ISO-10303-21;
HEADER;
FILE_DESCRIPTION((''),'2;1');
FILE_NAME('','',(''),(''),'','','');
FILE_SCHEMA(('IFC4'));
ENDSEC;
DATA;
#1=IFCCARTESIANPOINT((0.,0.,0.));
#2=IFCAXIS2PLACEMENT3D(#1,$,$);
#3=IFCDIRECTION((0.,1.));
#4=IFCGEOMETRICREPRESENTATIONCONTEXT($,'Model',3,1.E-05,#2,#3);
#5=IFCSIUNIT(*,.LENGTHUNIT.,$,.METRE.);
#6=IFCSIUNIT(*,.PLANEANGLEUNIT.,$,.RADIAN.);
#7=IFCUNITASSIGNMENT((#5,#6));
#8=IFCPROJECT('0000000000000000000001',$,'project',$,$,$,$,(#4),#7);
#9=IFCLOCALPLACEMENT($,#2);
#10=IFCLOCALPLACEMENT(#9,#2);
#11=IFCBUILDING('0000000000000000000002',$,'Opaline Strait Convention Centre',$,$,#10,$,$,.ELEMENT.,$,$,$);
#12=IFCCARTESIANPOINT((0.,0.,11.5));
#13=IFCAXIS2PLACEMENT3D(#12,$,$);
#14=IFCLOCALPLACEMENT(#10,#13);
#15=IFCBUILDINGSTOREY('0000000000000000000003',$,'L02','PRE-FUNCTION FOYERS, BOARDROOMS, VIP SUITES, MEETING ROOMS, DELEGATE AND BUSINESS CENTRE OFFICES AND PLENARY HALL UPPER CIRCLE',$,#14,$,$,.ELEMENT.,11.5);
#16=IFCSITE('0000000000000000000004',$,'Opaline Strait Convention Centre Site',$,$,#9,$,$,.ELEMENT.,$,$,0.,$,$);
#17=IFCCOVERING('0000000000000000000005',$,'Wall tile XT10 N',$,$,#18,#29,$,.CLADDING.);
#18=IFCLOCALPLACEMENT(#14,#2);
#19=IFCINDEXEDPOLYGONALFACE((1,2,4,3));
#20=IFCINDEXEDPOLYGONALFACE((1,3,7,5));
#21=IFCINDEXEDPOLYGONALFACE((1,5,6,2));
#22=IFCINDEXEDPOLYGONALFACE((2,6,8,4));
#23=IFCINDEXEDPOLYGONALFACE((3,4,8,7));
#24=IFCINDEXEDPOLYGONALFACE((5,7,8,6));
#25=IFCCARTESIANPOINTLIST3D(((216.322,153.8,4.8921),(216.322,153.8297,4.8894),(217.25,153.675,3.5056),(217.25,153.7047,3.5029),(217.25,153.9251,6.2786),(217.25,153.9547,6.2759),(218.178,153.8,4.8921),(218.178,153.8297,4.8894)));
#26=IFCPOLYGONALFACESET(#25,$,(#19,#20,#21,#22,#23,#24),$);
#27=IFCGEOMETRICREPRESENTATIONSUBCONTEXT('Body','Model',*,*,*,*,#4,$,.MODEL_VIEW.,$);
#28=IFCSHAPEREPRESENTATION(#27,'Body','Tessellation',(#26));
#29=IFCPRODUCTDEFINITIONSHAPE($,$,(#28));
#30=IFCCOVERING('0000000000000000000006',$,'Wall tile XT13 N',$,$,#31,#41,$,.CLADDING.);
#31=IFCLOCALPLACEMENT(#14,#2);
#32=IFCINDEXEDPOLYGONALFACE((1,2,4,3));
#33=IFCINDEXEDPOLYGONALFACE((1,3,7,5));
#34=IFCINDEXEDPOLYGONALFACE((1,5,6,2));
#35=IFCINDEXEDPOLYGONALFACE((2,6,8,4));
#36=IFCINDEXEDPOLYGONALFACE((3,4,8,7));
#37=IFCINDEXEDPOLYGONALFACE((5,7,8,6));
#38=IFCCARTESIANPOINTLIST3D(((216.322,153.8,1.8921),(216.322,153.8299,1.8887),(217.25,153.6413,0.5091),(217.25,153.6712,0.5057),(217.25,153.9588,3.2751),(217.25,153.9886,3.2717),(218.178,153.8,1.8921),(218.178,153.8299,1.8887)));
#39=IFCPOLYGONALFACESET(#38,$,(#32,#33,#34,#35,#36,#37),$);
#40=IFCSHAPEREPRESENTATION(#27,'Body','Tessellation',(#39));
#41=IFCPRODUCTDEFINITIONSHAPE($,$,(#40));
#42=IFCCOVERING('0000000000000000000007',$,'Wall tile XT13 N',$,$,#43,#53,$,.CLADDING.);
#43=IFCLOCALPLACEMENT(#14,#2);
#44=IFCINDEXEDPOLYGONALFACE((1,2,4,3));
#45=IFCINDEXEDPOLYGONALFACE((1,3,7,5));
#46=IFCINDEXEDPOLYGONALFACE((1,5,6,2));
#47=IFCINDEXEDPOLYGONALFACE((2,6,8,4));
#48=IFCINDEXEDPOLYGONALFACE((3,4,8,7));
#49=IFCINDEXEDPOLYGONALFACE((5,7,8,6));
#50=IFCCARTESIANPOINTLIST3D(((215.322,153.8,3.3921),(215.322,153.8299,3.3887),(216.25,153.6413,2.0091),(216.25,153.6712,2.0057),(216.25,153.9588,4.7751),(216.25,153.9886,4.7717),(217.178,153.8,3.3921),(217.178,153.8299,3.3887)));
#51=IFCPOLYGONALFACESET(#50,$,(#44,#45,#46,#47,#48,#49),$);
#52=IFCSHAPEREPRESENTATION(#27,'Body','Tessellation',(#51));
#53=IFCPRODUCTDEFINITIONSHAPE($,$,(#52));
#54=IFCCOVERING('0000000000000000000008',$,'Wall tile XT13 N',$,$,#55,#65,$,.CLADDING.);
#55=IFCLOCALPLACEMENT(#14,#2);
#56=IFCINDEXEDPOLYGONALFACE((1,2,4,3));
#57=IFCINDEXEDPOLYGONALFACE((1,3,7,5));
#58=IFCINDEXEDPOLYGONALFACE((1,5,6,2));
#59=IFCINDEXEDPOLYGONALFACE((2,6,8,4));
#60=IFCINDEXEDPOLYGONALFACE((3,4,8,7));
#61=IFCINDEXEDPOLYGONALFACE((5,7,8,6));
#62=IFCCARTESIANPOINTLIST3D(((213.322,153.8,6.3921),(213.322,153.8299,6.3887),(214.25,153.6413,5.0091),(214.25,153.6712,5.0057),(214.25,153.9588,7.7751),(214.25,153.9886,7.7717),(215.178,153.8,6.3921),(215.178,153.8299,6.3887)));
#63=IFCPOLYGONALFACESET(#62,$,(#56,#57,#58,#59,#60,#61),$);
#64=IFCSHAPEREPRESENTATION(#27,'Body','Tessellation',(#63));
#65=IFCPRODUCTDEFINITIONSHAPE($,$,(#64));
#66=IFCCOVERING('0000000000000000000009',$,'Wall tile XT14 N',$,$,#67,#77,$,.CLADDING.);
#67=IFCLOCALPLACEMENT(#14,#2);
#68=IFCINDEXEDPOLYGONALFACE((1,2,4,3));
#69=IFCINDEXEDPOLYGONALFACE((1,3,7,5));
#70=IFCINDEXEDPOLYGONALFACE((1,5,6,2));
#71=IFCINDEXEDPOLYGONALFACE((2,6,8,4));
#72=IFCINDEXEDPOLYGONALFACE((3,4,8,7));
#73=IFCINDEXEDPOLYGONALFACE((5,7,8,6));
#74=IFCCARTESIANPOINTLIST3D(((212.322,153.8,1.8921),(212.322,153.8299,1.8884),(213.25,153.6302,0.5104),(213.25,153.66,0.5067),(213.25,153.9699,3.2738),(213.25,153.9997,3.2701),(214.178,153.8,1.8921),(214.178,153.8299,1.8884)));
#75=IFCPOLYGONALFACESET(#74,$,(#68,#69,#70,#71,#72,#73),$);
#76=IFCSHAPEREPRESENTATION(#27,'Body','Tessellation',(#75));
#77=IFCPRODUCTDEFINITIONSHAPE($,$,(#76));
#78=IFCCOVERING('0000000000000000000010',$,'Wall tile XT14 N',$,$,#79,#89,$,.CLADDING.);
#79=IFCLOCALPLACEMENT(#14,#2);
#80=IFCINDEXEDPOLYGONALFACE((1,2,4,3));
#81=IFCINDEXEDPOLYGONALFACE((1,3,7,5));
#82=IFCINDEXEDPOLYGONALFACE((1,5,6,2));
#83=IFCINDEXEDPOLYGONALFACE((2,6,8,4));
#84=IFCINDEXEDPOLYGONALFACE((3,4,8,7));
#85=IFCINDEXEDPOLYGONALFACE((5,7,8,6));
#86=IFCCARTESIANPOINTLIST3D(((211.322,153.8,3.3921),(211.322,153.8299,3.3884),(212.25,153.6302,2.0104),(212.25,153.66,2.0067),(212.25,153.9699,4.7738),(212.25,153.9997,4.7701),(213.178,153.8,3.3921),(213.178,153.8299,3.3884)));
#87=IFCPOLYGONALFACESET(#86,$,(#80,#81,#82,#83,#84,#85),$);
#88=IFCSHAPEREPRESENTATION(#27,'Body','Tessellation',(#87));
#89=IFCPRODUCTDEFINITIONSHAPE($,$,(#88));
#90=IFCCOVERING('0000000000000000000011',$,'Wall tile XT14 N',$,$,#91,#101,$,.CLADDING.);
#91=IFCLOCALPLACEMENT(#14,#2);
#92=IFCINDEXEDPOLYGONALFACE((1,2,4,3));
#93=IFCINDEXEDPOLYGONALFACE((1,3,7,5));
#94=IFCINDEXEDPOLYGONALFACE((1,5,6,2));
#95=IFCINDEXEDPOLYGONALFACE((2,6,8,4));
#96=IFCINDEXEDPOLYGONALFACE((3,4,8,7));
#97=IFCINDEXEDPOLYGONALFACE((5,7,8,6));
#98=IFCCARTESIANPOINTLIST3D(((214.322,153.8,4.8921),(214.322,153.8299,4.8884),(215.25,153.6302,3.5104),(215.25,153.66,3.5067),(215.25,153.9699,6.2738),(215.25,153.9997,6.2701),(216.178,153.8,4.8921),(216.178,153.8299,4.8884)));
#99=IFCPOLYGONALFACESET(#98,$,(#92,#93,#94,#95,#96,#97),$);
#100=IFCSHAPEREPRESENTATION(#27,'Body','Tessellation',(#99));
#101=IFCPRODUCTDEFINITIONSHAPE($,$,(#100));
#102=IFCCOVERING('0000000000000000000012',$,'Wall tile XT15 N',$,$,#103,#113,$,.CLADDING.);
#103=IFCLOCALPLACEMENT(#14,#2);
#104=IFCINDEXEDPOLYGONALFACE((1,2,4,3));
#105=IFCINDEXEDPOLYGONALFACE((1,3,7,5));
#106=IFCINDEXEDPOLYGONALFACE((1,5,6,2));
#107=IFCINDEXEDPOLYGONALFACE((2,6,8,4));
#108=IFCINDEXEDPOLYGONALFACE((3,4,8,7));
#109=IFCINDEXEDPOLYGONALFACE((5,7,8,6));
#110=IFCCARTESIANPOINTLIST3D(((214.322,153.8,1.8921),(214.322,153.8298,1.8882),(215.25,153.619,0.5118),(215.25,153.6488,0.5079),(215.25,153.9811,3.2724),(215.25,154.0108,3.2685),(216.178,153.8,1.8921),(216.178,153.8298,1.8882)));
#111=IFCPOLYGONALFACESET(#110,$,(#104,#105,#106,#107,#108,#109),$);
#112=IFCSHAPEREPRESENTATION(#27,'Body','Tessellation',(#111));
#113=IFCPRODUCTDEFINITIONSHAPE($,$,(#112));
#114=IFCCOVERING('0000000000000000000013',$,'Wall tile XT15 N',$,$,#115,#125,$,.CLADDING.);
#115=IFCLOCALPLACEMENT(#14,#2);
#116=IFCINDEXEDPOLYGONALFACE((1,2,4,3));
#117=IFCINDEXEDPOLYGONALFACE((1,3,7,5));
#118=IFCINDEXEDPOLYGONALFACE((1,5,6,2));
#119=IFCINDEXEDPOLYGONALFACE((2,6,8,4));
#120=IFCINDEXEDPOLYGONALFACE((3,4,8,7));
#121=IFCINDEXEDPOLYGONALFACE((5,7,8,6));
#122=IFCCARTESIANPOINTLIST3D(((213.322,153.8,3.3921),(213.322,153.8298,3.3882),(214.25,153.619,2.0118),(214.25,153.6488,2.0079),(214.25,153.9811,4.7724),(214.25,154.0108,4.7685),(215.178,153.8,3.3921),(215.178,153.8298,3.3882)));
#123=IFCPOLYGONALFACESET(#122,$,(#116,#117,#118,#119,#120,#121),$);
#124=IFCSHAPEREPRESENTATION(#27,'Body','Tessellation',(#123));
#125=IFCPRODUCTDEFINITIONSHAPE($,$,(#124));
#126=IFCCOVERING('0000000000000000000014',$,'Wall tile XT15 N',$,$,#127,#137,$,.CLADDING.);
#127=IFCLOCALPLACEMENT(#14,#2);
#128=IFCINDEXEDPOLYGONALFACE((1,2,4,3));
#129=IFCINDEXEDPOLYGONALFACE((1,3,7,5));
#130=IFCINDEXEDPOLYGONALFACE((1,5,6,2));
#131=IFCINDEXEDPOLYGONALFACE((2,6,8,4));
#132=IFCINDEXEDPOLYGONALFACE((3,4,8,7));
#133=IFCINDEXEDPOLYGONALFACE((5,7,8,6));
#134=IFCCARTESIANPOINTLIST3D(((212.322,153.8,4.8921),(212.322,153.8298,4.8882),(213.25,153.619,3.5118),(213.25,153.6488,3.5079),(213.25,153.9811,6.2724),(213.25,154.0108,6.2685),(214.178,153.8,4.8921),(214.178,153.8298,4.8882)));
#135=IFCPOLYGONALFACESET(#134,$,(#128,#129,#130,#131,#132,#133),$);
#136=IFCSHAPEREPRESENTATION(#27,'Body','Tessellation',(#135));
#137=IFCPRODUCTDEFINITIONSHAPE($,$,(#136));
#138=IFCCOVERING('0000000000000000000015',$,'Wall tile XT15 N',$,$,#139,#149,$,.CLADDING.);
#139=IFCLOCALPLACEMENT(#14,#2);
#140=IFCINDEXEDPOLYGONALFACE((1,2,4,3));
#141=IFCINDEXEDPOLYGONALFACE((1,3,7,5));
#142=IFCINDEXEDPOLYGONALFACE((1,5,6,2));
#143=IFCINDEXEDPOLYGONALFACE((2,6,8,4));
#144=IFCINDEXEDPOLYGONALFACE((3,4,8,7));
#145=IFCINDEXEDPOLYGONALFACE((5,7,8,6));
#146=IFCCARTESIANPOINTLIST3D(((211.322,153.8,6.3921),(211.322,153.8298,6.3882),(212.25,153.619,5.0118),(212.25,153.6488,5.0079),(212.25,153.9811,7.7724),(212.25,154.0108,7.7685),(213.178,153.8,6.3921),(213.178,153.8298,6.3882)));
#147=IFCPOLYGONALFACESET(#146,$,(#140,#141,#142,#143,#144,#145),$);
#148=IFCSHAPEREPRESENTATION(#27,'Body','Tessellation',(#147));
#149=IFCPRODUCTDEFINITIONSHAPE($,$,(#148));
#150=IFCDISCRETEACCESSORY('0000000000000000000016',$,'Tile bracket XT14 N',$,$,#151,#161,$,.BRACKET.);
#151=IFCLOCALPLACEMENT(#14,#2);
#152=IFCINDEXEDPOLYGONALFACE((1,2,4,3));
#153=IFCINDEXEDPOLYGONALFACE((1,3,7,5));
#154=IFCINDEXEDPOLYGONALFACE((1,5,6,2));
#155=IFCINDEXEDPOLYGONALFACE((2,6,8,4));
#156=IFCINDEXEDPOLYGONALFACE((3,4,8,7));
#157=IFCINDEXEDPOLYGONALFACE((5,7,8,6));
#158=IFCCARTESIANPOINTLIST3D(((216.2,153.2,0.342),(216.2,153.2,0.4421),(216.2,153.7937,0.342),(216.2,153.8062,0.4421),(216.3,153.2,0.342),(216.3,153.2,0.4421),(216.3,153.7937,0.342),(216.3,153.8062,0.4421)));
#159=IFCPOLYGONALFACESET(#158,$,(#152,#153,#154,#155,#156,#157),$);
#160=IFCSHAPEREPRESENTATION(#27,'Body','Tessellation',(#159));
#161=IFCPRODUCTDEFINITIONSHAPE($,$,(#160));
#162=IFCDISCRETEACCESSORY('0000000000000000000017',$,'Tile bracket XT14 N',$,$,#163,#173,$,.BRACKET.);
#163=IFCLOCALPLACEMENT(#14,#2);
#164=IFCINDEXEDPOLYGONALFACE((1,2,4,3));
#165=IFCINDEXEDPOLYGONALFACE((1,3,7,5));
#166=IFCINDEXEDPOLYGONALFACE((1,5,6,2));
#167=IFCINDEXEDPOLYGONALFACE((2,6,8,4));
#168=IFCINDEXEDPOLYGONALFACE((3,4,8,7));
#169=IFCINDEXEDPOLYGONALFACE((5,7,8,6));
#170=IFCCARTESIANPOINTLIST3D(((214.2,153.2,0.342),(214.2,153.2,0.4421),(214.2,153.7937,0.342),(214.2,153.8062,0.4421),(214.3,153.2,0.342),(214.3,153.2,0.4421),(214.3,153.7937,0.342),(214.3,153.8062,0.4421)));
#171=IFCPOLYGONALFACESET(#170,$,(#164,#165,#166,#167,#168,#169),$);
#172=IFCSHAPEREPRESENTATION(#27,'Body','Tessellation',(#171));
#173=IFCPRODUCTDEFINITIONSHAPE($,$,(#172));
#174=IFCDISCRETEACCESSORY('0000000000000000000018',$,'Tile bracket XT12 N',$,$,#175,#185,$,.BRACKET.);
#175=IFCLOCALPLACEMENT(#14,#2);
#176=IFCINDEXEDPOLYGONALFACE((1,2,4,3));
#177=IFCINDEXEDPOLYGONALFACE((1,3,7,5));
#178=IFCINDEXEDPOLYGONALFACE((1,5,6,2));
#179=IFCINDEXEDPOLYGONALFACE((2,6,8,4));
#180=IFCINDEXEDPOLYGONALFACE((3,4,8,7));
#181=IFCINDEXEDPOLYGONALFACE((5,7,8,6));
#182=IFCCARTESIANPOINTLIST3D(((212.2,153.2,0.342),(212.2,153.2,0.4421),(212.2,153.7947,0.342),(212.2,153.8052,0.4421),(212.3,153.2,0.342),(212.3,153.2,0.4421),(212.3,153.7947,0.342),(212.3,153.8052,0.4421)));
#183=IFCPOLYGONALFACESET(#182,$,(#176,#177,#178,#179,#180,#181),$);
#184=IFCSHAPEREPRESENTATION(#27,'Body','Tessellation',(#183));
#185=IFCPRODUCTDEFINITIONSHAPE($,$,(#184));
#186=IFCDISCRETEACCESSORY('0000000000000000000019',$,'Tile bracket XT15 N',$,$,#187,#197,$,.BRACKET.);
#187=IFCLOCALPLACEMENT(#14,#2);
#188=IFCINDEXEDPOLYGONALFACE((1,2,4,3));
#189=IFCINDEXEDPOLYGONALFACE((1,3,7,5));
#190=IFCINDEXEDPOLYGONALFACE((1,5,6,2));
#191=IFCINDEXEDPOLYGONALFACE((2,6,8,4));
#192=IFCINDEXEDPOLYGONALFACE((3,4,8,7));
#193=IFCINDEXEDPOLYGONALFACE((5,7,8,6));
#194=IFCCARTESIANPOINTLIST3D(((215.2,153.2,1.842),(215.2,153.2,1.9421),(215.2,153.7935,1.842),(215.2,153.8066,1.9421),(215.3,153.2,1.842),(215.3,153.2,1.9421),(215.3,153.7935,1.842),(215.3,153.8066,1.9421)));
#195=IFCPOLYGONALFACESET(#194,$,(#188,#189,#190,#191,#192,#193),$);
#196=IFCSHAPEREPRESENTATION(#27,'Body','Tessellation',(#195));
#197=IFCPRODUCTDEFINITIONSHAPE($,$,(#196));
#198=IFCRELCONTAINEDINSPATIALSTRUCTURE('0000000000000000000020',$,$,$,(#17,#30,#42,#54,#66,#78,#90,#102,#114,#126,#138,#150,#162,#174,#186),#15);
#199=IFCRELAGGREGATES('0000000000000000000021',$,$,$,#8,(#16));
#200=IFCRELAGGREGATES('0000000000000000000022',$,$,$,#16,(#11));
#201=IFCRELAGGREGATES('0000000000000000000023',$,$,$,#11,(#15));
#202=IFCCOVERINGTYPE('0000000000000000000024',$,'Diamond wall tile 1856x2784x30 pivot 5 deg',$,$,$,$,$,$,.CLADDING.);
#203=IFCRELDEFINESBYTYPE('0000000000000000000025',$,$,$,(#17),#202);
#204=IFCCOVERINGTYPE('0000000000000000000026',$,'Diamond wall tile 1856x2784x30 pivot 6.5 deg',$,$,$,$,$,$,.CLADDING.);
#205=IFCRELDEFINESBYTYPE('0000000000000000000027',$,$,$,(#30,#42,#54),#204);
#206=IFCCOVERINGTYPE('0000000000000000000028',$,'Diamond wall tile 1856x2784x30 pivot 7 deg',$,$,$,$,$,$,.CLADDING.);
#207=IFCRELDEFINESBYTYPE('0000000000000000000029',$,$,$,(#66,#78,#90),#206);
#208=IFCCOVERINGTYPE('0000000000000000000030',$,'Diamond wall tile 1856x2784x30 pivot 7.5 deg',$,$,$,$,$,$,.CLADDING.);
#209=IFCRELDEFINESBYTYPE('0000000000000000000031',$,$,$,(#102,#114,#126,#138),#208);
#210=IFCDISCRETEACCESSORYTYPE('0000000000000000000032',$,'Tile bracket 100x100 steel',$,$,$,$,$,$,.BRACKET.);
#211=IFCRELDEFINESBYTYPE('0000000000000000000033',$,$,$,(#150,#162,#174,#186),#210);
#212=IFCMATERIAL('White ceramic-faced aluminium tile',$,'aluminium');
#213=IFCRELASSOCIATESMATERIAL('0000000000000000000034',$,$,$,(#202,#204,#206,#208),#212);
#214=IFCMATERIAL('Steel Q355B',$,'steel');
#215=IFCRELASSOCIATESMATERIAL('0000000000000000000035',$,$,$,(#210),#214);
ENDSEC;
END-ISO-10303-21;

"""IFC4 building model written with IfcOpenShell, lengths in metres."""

from ifc_helpers import new_model, si_unit, direction, frame, origin, place, context, subcontext, project, spatial, polyline, outline, extrude, material, material_profile, profile_set, type_object, element, save


model = new_model("IFC4")

# Units and contexts
model_context = context("Model", 3, precision=1e-05, world=origin(), true_north=direction((0.0, 1.0)))
body_context = subcontext(model_context, "Body", "Model", "MODEL_VIEW")
ifc_project = project(units=[si_unit("LENGTHUNIT", "METRE"), si_unit("PLANEANGLEUNIT", "RADIAN")], contexts=[model_context])

# Site, building, storey
site_placement = place(None, origin())
site = spatial("IfcSite", under=ifc_project, at=site_placement, Name="Opaline Strait Convention Centre Site", CompositionType="ELEMENT", RefElevation=0.0)
building_placement = place(site_placement, origin())
building = spatial("IfcBuilding", under=site, at=building_placement, Name="Opaline Strait Convention Centre", CompositionType="ELEMENT")
storey_placement = place(building_placement, frame((0.0, 0.0, 11.5)))
storey = spatial("IfcBuildingStorey", under=building, at=storey_placement, Name="L02", Description="PRE-FUNCTION FOYERS, BOARDROOMS, VIP SUITES, MEETING ROOMS, DELEGATE AND BUSINESS CENTRE OFFICES AND PLENARY HALL UPPER CIRCLE", CompositionType="ELEMENT", Elevation=11.5)

# Coverings
ifc_material_1 = material(Name="White ceramic-faced aluminium tile", Category="aluminium")
ifc_material_profile_1 = material_profile(ifc_material_1, outline(polyline([(0.928, 0.0), (0.0, 1.3921), (-0.928, 0.0), (0.0, -1.3921), (0.928, 0.0)])), Name="Diamond tile 1856x2784")
ifc_profile_set_1 = profile_set([ifc_material_profile_1], Name="White ceramic-faced aluminium tile")
covering_type_1 = type_object("IfcCoveringType", Name="Diamond wall tile 1856x2784x30 pivot 5 deg", PredefinedType="CLADDING", material=ifc_profile_set_1)
covering_placement = place(storey_placement, frame((217.25, 153.8, 4.8921), z_axis=(0.0, 0.99596, -0.0898), x_axis=(-1.0, 0.0, 0.0)))
element("IfcCovering", 1, at=covering_placement, inside=storey, type_object=covering_type_1, Name="Wall tile XT10 N", PredefinedType="CLADDING", context=body_context, shape_type="SweptSolid", body=[
    extrude(outline(polyline([(0.928, 0.0), (0.0, 1.3921), (-0.928, 0.0), (0.0, -1.3921), (0.928, 0.0)])), origin(), (0.0, 0.0, 1.0), 0.0298),
])
ifc_material_profile_2 = material_profile(ifc_material_1, outline(polyline([(0.928, 0.0), (0.0, 1.3921), (-0.928, 0.0), (0.0, -1.3921), (0.928, 0.0)])), Name="Diamond tile 1856x2784")
ifc_profile_set_2 = profile_set([ifc_material_profile_2], Name="White ceramic-faced aluminium tile")
covering_type_2 = type_object("IfcCoveringType", Name="Diamond wall tile 1856x2784x30 pivot 6.5 deg", PredefinedType="CLADDING", material=ifc_profile_set_2)
for number, where, z_axis, x_axis, name in (
    (2, (217.25, 153.8, 1.8921), (0.0, 0.99348, -0.114006), (-1.0, 0.0, 0.0), "Wall tile XT13 N"),
    (3, (216.25, 153.8, 3.3921), (0.0, 0.99348, -0.114006), (-1.0, 0.0, 0.0), "Wall tile XT13 N"),
    (4, (214.25, 153.8, 6.3921), (0.0, 0.99348, -0.114006), (-1.0, 0.0, 0.0), "Wall tile XT13 N"),
):
    element("IfcCovering", number, at=place(storey_placement, frame(where, z_axis=z_axis, x_axis=x_axis)), inside=storey, type_object=covering_type_2, Name=name, PredefinedType="CLADDING", context=body_context, shape_type="SweptSolid", body=[
        extrude(outline(polyline([(0.928, 0.0), (0.0, 1.3921), (-0.928, 0.0), (0.0, -1.3921), (0.928, 0.0)])), origin(), (0.0, 0.0, 1.0), 0.03),
    ])
ifc_material_profile_3 = material_profile(ifc_material_1, outline(polyline([(0.928, 0.0), (0.0, 1.3921), (-0.928, 0.0), (0.0, -1.3921), (0.928, 0.0)])), Name="Diamond tile 1856x2784")
ifc_profile_set_3 = profile_set([ifc_material_profile_3], Name="White ceramic-faced aluminium tile")
covering_type_3 = type_object("IfcCoveringType", Name="Diamond wall tile 1856x2784x30 pivot 7 deg", PredefinedType="CLADDING", material=ifc_profile_set_3)
for number, where, z_axis, x_axis, name in (
    (5, (213.25, 153.8, 1.8921), (0.0, 0.992526, -0.122032), (-1.0, 0.0, 0.0), "Wall tile XT14 N"),
    (6, (212.25, 153.8, 3.3921), (0.0, 0.992526, -0.122032), (-1.0, 0.0, 0.0), "Wall tile XT14 N"),
    (7, (215.25, 153.8, 4.8921), (0.0, 0.992526, -0.122032), (-1.0, 0.0, 0.0), "Wall tile XT14 N"),
):
    element("IfcCovering", number, at=place(storey_placement, frame(where, z_axis=z_axis, x_axis=x_axis)), inside=storey, type_object=covering_type_3, Name=name, PredefinedType="CLADDING", context=body_context, shape_type="SweptSolid", body=[
        extrude(outline(polyline([(0.928, 0.0), (0.0, 1.3921), (-0.928, 0.0), (0.0, -1.3921), (0.928, 0.0)])), origin(), (0.0, 0.0, 1.0), 0.03),
    ])
ifc_material_profile_4 = material_profile(ifc_material_1, outline(polyline([(0.928, 0.0), (0.0, 1.3921), (-0.928, 0.0), (0.0, -1.3921), (0.928, 0.0)])), Name="Diamond tile 1856x2784")
ifc_profile_set_4 = profile_set([ifc_material_profile_4], Name="White ceramic-faced aluminium tile")
covering_type_4 = type_object("IfcCoveringType", Name="Diamond wall tile 1856x2784x30 pivot 7.5 deg", PredefinedType="CLADDING", material=ifc_profile_set_4)
for number, where, z_axis, x_axis, name in (
    (8, (215.25, 153.8, 1.8921), (0.0, 0.99151, -0.130034), (-1.0, 0.0, 0.0), "Wall tile XT15 N"),
    (9, (214.25, 153.8, 3.3921), (0.0, 0.99151, -0.130034), (-1.0, 0.0, 0.0), "Wall tile XT15 N"),
    (10, (213.25, 153.8, 4.8921), (0.0, 0.99151, -0.130034), (-1.0, 0.0, 0.0), "Wall tile XT15 N"),
    (11, (212.25, 153.8, 6.3921), (0.0, 0.99151, -0.130034), (-1.0, 0.0, 0.0), "Wall tile XT15 N"),
):
    element("IfcCovering", number, at=place(storey_placement, frame(where, z_axis=z_axis, x_axis=x_axis)), inside=storey, type_object=covering_type_4, Name=name, PredefinedType="CLADDING", context=body_context, shape_type="SweptSolid", body=[
        extrude(outline(polyline([(0.928, 0.0), (0.0, 1.3921), (-0.928, 0.0), (0.0, -1.3921), (0.928, 0.0)])), origin(), (0.0, 0.0, 1.0), 0.03),
    ])

# Discrete accessories
ifc_material_2 = material(Name="Steel Q355B", Category="steel")
discrete_accessory_type = type_object("IfcDiscreteAccessoryType", Name="Tile bracket 100x100 steel", PredefinedType="BRACKET", material=ifc_material_2)
for number, where, z_axis, x_axis, name in (
    (12, (216.3, 153.2, 0.3921), (-1.0, 0.0, 0.0), (0.0, -1.0, 0.0), "Tile bracket XT14 N"),
    (13, (214.3, 153.2, 0.3921), (-1.0, 0.0, 0.0), (0.0, -1.0, 0.0), "Tile bracket XT14 N"),
):
    element("IfcDiscreteAccessory", number, at=place(storey_placement, frame(where, z_axis=z_axis, x_axis=x_axis)), inside=storey, type_object=discrete_accessory_type, Name=name, PredefinedType="BRACKET", context=body_context, shape_type="SweptSolid", body=[
        extrude(outline(polyline([(0.0, -0.05), (0.0, 0.05), (-0.6062, 0.05), (-0.5938, -0.05), (0.0, -0.05)])), origin(), (0.0, 0.0, 1.0), 0.1001),
    ])
discrete_accessory_1_placement = place(storey_placement, frame((212.3, 153.2, 0.3921), z_axis=(-1.0, 0.0, 0.0), x_axis=(0.0, -1.0, 0.0)))
element("IfcDiscreteAccessory", 14, at=discrete_accessory_1_placement, inside=storey, type_object=discrete_accessory_type, Name="Tile bracket XT12 N", PredefinedType="BRACKET", context=body_context, shape_type="SweptSolid", body=[
    extrude(outline(polyline([(0.0, -0.05), (0.0, 0.05), (-0.6052, 0.05), (-0.5947, -0.05), (0.0, -0.05)])), origin(), (0.0, 0.0, 1.0), 0.1001),
])
discrete_accessory_2_placement = place(storey_placement, frame((215.3, 153.2, 1.8921), z_axis=(-1.0, 0.0, 0.0), x_axis=(0.0, -1.0, 0.0)))
element("IfcDiscreteAccessory", 15, at=discrete_accessory_2_placement, inside=storey, type_object=discrete_accessory_type, Name="Tile bracket XT15 N", PredefinedType="BRACKET", context=body_context, shape_type="SweptSolid", body=[
    extrude(outline(polyline([(0.0, -0.05), (0.0, 0.05), (-0.6067, 0.05), (-0.5935, -0.05), (0.0, -0.05)])), origin(), (0.0, 0.0, 1.0), 0.1001),
])

save(model, "model.ifc")
